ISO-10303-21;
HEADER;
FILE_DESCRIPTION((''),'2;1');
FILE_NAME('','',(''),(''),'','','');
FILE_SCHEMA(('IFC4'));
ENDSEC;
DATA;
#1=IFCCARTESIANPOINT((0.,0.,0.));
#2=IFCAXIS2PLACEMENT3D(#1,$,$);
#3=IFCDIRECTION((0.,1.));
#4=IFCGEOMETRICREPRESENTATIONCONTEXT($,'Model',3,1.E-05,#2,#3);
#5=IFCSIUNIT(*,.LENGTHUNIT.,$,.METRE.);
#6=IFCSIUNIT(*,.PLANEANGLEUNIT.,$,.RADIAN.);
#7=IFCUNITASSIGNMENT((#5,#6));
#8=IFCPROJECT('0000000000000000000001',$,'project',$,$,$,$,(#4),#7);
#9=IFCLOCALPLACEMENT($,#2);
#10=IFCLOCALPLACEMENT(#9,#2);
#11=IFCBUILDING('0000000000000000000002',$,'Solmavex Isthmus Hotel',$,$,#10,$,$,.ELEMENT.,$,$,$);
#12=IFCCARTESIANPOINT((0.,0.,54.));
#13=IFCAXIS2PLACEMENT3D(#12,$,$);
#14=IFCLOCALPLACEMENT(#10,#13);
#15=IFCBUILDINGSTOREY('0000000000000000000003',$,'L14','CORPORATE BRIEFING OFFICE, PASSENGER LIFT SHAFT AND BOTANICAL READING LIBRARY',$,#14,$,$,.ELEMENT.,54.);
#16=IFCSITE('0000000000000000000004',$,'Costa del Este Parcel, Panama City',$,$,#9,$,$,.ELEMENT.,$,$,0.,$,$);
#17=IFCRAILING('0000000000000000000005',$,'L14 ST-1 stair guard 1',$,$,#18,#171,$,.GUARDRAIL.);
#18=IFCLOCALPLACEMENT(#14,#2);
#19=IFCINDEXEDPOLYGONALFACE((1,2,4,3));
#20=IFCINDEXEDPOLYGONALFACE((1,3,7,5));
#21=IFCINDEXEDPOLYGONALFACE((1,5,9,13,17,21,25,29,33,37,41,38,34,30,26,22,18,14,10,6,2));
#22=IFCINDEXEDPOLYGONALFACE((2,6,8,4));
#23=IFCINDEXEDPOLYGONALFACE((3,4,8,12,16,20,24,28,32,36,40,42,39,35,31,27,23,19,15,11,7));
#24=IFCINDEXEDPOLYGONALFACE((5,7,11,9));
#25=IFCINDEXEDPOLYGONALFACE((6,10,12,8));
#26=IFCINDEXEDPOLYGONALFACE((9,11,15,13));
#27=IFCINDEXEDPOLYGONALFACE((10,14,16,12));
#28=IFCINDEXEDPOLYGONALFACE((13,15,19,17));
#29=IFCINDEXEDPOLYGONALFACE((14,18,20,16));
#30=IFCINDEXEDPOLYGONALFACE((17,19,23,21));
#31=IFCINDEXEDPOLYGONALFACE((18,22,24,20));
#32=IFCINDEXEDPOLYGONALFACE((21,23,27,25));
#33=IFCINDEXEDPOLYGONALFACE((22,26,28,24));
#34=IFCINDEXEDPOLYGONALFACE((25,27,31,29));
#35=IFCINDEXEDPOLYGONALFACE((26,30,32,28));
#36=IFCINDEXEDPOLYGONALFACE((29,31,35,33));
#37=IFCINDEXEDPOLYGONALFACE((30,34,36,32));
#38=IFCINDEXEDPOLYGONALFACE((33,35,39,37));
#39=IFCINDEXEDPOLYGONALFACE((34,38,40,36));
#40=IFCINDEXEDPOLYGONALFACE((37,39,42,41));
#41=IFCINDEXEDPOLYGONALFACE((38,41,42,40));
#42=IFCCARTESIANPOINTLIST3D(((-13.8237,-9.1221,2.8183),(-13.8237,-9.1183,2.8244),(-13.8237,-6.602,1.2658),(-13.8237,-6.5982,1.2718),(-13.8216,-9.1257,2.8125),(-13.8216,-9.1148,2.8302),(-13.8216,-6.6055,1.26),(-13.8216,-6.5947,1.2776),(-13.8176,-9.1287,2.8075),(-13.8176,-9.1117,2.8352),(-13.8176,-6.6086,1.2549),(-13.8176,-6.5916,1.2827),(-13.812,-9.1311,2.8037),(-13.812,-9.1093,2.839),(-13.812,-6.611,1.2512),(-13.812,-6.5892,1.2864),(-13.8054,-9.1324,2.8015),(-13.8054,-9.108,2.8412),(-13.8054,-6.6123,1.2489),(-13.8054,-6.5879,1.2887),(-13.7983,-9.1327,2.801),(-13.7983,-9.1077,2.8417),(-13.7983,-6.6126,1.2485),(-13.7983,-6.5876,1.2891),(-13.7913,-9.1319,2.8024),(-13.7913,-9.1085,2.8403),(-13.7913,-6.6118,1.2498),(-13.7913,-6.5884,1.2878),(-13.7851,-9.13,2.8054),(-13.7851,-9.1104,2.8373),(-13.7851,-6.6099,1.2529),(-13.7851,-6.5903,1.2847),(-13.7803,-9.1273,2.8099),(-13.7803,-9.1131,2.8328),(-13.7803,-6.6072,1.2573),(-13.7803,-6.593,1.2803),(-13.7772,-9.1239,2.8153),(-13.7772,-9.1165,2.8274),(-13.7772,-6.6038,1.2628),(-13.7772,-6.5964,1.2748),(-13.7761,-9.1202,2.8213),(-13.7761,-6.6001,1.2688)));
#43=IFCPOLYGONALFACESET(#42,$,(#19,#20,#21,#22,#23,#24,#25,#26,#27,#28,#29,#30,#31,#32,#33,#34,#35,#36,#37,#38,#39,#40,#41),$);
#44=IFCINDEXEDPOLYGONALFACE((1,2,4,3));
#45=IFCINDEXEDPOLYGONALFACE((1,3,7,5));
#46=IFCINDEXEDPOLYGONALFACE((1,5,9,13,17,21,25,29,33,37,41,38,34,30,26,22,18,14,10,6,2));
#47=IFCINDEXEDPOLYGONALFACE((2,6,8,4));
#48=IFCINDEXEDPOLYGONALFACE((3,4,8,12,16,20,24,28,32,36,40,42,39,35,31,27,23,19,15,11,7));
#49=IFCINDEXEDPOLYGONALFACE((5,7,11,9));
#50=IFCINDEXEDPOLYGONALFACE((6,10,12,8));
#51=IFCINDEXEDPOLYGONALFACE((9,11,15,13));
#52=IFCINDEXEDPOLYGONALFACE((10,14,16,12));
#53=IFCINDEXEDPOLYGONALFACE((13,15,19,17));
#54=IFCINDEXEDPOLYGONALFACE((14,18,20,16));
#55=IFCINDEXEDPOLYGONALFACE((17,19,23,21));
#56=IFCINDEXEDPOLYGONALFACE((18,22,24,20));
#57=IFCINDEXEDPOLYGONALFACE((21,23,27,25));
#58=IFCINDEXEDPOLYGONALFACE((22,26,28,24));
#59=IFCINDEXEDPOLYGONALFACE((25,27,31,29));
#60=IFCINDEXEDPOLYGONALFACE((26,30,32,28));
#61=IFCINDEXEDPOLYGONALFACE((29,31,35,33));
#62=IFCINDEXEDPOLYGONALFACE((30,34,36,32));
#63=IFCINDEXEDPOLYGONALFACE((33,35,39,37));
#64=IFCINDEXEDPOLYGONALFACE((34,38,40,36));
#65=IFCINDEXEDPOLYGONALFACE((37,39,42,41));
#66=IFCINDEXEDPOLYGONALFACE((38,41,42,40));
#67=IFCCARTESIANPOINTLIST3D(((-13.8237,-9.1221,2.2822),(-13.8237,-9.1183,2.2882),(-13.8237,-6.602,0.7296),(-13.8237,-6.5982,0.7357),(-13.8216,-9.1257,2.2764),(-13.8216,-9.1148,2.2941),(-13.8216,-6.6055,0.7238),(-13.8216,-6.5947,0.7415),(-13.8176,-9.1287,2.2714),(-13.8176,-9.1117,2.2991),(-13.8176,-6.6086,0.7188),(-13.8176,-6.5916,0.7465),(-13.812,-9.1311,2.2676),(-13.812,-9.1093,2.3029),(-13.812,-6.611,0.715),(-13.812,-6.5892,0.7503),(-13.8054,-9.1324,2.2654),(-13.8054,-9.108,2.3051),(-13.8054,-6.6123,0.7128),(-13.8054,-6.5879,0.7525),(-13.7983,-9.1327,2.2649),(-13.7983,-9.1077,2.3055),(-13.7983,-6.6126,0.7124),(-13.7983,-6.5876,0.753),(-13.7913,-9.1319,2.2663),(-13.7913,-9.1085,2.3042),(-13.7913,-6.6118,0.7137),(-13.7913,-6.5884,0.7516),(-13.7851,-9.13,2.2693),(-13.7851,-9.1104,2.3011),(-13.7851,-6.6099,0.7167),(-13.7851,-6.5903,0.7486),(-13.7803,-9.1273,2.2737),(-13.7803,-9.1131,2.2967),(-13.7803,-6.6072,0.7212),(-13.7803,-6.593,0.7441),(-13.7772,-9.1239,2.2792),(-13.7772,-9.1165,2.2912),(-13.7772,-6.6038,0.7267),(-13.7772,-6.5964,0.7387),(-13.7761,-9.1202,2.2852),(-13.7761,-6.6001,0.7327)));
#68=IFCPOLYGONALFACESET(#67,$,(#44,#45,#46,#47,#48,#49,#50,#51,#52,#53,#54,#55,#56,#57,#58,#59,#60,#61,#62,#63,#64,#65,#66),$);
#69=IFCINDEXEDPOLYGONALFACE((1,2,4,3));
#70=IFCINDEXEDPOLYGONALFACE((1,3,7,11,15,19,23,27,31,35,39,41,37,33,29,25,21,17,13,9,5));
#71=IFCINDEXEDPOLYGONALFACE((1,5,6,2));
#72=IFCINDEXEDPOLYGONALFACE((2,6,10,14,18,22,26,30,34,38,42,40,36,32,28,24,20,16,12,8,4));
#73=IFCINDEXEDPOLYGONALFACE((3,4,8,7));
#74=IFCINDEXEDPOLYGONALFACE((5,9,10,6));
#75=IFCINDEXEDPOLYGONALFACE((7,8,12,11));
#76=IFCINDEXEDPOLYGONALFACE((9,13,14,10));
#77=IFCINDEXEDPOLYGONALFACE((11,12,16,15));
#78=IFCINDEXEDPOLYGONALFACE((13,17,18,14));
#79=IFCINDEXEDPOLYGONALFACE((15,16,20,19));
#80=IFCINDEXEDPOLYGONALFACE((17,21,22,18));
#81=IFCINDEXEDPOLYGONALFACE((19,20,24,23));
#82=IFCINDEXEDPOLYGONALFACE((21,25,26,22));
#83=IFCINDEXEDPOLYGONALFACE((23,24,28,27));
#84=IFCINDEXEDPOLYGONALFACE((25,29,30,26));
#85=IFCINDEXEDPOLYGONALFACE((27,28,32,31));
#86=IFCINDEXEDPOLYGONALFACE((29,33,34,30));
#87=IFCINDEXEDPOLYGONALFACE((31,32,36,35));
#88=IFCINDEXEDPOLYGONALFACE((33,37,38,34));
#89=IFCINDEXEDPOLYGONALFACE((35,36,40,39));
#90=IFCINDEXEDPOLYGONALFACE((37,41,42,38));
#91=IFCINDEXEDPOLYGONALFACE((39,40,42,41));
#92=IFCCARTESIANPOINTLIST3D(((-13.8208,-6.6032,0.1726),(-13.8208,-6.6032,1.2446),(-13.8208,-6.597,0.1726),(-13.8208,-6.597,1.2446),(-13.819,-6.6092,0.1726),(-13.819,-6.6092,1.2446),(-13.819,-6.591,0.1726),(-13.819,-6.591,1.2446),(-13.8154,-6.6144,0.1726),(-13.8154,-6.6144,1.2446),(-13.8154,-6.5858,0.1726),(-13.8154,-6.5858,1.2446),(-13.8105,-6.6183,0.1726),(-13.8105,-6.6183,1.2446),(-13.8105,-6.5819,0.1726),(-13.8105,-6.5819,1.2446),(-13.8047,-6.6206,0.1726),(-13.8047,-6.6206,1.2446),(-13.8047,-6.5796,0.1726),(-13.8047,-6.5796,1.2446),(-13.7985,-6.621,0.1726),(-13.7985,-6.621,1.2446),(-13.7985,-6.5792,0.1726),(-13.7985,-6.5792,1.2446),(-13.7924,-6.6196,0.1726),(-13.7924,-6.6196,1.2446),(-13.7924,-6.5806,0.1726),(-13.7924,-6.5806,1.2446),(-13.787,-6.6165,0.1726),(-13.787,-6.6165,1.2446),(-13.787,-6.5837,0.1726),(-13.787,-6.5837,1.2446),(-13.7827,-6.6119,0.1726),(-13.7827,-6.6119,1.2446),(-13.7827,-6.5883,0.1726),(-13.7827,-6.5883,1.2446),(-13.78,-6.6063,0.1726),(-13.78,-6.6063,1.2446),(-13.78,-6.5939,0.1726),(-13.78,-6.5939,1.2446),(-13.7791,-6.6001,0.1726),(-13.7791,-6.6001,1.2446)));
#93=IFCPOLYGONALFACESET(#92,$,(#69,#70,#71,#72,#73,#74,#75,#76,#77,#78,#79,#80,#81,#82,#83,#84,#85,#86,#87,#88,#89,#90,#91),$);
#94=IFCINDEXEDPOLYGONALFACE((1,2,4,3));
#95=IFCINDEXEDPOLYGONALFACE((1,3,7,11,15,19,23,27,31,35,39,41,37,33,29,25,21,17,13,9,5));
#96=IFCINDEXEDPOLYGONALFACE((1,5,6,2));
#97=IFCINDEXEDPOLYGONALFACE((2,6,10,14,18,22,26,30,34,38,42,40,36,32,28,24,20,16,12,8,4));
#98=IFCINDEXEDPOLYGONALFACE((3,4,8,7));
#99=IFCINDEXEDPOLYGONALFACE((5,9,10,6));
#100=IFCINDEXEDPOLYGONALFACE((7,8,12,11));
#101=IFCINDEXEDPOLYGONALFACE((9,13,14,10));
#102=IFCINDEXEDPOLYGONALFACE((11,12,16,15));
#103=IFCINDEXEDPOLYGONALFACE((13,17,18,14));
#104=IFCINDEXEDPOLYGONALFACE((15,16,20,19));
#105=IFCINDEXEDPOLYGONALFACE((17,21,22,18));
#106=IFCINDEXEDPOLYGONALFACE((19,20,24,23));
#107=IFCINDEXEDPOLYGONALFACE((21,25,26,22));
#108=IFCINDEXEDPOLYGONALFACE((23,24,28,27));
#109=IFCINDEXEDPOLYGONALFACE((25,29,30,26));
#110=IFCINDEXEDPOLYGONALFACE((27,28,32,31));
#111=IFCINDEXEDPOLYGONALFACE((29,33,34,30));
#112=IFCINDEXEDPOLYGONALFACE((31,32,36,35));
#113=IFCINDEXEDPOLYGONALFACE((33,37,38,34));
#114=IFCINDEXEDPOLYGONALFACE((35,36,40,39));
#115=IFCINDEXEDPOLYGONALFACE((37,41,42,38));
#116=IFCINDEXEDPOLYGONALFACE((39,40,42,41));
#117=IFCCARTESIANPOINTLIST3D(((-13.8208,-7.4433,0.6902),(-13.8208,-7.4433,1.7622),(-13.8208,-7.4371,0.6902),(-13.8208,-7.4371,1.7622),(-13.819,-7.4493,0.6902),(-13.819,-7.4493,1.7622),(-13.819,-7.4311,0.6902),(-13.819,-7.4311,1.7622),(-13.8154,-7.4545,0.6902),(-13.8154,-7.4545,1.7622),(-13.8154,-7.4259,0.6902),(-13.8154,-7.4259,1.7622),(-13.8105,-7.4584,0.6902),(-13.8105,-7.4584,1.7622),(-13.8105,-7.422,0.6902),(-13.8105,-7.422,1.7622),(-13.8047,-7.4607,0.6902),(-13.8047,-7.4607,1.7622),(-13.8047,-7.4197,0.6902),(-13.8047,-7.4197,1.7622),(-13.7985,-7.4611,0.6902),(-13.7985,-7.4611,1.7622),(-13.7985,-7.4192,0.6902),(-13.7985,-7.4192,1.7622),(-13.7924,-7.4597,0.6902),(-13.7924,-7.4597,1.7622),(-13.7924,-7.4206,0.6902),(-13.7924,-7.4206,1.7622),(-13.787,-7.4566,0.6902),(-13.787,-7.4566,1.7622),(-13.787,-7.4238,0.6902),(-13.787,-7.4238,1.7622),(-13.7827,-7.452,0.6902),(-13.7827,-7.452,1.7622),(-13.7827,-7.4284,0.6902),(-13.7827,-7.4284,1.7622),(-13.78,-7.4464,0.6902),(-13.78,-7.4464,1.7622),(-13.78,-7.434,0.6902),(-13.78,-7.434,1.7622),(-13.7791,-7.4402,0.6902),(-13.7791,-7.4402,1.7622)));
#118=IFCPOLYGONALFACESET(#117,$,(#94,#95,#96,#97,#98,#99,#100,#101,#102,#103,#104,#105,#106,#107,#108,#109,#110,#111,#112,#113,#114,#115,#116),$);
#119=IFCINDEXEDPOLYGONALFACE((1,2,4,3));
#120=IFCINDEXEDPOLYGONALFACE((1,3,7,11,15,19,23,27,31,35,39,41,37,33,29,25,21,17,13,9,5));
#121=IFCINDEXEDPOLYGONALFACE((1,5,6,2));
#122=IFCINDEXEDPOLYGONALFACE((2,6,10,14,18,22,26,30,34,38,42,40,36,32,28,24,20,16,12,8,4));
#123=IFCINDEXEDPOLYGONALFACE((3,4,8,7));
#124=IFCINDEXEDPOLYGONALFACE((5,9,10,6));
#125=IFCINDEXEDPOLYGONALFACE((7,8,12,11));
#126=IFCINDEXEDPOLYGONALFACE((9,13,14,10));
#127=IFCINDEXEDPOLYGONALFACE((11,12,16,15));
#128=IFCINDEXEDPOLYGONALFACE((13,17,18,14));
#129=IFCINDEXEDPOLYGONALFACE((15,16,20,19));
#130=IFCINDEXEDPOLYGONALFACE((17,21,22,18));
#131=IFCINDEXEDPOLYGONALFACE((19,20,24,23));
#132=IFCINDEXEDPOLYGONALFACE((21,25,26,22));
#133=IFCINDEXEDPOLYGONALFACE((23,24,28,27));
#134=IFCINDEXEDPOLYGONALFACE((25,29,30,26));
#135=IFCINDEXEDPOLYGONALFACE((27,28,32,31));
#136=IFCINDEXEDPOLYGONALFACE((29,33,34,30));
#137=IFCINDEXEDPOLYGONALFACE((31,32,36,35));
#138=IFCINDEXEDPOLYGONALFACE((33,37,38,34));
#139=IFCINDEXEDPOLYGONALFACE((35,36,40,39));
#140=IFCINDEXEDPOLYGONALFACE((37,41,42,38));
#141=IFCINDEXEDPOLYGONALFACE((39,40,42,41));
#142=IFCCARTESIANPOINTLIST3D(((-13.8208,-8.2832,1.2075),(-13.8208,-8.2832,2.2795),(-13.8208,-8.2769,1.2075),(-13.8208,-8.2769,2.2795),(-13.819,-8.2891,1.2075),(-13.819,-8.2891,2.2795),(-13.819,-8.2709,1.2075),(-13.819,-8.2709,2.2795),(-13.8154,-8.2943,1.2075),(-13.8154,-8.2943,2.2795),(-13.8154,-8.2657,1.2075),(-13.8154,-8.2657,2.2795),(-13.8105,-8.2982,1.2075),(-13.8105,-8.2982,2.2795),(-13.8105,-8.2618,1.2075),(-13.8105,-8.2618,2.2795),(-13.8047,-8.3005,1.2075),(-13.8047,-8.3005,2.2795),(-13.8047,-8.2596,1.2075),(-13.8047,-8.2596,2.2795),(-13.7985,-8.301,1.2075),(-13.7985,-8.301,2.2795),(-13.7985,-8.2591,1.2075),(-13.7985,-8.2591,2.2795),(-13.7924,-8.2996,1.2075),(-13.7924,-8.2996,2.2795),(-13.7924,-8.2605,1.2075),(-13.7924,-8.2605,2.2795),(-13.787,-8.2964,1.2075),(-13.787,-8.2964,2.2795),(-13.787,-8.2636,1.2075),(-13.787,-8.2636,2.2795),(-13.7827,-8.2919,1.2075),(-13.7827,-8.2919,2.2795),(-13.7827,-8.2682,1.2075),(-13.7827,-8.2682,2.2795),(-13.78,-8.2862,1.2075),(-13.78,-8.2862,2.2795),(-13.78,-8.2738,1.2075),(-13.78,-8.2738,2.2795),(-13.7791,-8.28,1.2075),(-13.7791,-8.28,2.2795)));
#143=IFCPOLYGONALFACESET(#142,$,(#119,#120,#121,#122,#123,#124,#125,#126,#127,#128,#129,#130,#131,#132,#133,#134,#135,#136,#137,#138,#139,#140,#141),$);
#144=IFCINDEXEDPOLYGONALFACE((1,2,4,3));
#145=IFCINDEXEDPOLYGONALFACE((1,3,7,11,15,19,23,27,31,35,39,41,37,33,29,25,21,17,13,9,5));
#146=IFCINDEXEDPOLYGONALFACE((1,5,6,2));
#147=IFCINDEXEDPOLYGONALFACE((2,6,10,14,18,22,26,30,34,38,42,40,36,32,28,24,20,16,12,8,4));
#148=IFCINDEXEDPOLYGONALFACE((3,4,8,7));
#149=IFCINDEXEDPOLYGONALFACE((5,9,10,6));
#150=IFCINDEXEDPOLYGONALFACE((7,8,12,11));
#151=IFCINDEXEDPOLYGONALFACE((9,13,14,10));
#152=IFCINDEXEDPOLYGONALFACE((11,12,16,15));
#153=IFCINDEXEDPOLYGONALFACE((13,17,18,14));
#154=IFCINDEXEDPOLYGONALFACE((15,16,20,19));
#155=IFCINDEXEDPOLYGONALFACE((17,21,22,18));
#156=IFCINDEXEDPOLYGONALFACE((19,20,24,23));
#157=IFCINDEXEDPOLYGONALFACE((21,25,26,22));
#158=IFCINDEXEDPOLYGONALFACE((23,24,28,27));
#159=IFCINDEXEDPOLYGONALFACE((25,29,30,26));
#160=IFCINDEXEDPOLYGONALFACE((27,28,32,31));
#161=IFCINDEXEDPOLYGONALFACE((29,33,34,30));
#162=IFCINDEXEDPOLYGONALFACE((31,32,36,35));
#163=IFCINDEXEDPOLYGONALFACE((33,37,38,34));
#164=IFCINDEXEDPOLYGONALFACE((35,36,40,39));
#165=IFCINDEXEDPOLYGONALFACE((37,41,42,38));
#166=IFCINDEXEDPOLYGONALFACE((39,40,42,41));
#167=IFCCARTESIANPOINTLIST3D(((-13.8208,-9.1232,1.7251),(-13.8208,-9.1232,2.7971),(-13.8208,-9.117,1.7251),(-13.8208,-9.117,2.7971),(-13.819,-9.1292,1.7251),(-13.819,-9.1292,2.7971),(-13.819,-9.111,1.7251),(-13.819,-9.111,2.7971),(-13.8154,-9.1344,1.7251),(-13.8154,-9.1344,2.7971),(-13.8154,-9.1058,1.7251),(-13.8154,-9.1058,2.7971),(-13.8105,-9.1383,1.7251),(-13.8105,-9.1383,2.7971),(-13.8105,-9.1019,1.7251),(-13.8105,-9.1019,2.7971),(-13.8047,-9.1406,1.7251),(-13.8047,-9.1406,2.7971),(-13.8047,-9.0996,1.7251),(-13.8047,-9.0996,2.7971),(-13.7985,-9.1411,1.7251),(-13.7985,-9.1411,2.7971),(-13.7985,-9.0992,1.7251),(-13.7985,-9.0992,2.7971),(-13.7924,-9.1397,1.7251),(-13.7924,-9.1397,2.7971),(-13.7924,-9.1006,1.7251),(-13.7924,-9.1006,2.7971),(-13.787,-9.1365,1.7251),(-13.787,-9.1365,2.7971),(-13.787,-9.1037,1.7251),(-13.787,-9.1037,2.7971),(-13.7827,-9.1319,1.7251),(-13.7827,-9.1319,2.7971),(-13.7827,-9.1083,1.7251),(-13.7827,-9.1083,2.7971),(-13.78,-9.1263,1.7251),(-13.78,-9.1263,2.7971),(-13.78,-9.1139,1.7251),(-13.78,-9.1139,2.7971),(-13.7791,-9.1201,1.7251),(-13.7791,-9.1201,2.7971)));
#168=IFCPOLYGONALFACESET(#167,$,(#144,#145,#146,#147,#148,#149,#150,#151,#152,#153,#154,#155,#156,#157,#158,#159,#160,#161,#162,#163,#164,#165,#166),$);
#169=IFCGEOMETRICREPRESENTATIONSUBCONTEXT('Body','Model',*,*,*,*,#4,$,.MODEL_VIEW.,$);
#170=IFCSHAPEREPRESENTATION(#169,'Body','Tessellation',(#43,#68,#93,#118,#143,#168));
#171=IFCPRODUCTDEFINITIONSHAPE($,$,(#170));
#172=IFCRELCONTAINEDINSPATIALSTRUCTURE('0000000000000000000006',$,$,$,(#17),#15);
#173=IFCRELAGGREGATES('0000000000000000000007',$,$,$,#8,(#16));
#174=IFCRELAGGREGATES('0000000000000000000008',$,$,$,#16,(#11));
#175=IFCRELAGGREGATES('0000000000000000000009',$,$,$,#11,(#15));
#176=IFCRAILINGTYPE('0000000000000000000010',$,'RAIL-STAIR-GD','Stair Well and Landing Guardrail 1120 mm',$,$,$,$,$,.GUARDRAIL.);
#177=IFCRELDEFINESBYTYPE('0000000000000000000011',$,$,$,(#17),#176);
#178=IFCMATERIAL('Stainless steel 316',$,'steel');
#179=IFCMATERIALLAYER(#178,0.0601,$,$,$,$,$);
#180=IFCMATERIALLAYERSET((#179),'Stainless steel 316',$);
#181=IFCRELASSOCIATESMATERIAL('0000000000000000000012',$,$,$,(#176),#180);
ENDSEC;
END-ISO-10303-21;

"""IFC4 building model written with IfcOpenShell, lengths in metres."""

from ifc_helpers import new_model, si_unit, direction, frame, origin, origin_2d, place, context, subcontext, project, spatial, circle, extrude, material, layer, layer_set, type_object, element, save


model = new_model("IFC4")

# Units and contexts
model_context = context("Model", 3, precision=1e-05, world=origin(), true_north=direction((0.0, 1.0)))
body_context = subcontext(model_context, "Body", "Model", "MODEL_VIEW")
ifc_project = project(units=[si_unit("LENGTHUNIT", "METRE"), si_unit("PLANEANGLEUNIT", "RADIAN")], contexts=[model_context])

# Site, building, storey
site_placement = place(None, origin())
site = spatial("IfcSite", under=ifc_project, at=site_placement, Name="Costa del Este Parcel, Panama City", CompositionType="ELEMENT", RefElevation=0.0)
building_placement = place(site_placement, origin())
building = spatial("IfcBuilding", under=site, at=building_placement, Name="Solmavex Isthmus Hotel", CompositionType="ELEMENT")
storey_placement = place(building_placement, frame((0.0, 0.0, 54.0)))
storey = spatial("IfcBuildingStorey", under=building, at=storey_placement, Name="L14", Description="CORPORATE BRIEFING OFFICE, PASSENGER LIFT SHAFT AND BOTANICAL READING LIBRARY", CompositionType="ELEMENT", Elevation=54.0)

# Shared definitions
ifc_material_1 = material(Name="Stainless steel 316", Category="steel")

# Railing
ifc_layer_1 = layer(ifc_material_1, 0.0601)
ifc_layer_set_1 = layer_set([ifc_layer_1], Name="Stainless steel 316")
railing_type_1 = type_object("IfcRailingType", Name="RAIL-STAIR-GD", Description="Stair Well and Landing Guardrail 1120 mm", PredefinedType="GUARDRAIL", material=ifc_layer_set_1)
railing_1_placement = place(storey_placement, frame((-13.8, -6.6001, 0.1726)))
element("IfcRailing", 1, at=railing_1_placement, inside=storey, type_object=railing_type_1, Name="L14 ST-1 stair guard 1", PredefinedType="GUARDRAIL", context=body_context, shape_type="SweptSolid", body=[
    extrude(circle(Radius=0.0239, at=origin_2d()), frame((0.0, 0.0, 1.0962), z_axis=(0.0, -0.8514, 0.524516), x_axis=(1.0, 0.0, 0.0)), (0.0, 0.0, 1.0), 2.96),
    extrude(circle(Radius=0.0239, at=origin_2d()), frame((0.0, 0.0, 0.5601), z_axis=(0.0, -0.8514, 0.524516), x_axis=(1.0, 0.0, 0.0)), (0.0, 0.0, 1.0), 2.96),
    extrude(circle(Radius=0.021, at=origin_2d()), origin(), (0.0, 0.0, 1.0), 1.072),
    extrude(circle(Radius=0.021, at=origin_2d()), frame((0.0, -0.8401, 0.5176)), (0.0, 0.0, 1.0), 1.072),
    extrude(circle(Radius=0.021, at=origin_2d()), frame((0.0, -1.6799, 1.0349)), (0.0, 0.0, 1.0), 1.072),
    extrude(circle(Radius=0.021, at=origin_2d()), frame((0.0, -2.52, 1.5525)), (0.0, 0.0, 1.0), 1.072),
])

save(model, "model.ifc")
